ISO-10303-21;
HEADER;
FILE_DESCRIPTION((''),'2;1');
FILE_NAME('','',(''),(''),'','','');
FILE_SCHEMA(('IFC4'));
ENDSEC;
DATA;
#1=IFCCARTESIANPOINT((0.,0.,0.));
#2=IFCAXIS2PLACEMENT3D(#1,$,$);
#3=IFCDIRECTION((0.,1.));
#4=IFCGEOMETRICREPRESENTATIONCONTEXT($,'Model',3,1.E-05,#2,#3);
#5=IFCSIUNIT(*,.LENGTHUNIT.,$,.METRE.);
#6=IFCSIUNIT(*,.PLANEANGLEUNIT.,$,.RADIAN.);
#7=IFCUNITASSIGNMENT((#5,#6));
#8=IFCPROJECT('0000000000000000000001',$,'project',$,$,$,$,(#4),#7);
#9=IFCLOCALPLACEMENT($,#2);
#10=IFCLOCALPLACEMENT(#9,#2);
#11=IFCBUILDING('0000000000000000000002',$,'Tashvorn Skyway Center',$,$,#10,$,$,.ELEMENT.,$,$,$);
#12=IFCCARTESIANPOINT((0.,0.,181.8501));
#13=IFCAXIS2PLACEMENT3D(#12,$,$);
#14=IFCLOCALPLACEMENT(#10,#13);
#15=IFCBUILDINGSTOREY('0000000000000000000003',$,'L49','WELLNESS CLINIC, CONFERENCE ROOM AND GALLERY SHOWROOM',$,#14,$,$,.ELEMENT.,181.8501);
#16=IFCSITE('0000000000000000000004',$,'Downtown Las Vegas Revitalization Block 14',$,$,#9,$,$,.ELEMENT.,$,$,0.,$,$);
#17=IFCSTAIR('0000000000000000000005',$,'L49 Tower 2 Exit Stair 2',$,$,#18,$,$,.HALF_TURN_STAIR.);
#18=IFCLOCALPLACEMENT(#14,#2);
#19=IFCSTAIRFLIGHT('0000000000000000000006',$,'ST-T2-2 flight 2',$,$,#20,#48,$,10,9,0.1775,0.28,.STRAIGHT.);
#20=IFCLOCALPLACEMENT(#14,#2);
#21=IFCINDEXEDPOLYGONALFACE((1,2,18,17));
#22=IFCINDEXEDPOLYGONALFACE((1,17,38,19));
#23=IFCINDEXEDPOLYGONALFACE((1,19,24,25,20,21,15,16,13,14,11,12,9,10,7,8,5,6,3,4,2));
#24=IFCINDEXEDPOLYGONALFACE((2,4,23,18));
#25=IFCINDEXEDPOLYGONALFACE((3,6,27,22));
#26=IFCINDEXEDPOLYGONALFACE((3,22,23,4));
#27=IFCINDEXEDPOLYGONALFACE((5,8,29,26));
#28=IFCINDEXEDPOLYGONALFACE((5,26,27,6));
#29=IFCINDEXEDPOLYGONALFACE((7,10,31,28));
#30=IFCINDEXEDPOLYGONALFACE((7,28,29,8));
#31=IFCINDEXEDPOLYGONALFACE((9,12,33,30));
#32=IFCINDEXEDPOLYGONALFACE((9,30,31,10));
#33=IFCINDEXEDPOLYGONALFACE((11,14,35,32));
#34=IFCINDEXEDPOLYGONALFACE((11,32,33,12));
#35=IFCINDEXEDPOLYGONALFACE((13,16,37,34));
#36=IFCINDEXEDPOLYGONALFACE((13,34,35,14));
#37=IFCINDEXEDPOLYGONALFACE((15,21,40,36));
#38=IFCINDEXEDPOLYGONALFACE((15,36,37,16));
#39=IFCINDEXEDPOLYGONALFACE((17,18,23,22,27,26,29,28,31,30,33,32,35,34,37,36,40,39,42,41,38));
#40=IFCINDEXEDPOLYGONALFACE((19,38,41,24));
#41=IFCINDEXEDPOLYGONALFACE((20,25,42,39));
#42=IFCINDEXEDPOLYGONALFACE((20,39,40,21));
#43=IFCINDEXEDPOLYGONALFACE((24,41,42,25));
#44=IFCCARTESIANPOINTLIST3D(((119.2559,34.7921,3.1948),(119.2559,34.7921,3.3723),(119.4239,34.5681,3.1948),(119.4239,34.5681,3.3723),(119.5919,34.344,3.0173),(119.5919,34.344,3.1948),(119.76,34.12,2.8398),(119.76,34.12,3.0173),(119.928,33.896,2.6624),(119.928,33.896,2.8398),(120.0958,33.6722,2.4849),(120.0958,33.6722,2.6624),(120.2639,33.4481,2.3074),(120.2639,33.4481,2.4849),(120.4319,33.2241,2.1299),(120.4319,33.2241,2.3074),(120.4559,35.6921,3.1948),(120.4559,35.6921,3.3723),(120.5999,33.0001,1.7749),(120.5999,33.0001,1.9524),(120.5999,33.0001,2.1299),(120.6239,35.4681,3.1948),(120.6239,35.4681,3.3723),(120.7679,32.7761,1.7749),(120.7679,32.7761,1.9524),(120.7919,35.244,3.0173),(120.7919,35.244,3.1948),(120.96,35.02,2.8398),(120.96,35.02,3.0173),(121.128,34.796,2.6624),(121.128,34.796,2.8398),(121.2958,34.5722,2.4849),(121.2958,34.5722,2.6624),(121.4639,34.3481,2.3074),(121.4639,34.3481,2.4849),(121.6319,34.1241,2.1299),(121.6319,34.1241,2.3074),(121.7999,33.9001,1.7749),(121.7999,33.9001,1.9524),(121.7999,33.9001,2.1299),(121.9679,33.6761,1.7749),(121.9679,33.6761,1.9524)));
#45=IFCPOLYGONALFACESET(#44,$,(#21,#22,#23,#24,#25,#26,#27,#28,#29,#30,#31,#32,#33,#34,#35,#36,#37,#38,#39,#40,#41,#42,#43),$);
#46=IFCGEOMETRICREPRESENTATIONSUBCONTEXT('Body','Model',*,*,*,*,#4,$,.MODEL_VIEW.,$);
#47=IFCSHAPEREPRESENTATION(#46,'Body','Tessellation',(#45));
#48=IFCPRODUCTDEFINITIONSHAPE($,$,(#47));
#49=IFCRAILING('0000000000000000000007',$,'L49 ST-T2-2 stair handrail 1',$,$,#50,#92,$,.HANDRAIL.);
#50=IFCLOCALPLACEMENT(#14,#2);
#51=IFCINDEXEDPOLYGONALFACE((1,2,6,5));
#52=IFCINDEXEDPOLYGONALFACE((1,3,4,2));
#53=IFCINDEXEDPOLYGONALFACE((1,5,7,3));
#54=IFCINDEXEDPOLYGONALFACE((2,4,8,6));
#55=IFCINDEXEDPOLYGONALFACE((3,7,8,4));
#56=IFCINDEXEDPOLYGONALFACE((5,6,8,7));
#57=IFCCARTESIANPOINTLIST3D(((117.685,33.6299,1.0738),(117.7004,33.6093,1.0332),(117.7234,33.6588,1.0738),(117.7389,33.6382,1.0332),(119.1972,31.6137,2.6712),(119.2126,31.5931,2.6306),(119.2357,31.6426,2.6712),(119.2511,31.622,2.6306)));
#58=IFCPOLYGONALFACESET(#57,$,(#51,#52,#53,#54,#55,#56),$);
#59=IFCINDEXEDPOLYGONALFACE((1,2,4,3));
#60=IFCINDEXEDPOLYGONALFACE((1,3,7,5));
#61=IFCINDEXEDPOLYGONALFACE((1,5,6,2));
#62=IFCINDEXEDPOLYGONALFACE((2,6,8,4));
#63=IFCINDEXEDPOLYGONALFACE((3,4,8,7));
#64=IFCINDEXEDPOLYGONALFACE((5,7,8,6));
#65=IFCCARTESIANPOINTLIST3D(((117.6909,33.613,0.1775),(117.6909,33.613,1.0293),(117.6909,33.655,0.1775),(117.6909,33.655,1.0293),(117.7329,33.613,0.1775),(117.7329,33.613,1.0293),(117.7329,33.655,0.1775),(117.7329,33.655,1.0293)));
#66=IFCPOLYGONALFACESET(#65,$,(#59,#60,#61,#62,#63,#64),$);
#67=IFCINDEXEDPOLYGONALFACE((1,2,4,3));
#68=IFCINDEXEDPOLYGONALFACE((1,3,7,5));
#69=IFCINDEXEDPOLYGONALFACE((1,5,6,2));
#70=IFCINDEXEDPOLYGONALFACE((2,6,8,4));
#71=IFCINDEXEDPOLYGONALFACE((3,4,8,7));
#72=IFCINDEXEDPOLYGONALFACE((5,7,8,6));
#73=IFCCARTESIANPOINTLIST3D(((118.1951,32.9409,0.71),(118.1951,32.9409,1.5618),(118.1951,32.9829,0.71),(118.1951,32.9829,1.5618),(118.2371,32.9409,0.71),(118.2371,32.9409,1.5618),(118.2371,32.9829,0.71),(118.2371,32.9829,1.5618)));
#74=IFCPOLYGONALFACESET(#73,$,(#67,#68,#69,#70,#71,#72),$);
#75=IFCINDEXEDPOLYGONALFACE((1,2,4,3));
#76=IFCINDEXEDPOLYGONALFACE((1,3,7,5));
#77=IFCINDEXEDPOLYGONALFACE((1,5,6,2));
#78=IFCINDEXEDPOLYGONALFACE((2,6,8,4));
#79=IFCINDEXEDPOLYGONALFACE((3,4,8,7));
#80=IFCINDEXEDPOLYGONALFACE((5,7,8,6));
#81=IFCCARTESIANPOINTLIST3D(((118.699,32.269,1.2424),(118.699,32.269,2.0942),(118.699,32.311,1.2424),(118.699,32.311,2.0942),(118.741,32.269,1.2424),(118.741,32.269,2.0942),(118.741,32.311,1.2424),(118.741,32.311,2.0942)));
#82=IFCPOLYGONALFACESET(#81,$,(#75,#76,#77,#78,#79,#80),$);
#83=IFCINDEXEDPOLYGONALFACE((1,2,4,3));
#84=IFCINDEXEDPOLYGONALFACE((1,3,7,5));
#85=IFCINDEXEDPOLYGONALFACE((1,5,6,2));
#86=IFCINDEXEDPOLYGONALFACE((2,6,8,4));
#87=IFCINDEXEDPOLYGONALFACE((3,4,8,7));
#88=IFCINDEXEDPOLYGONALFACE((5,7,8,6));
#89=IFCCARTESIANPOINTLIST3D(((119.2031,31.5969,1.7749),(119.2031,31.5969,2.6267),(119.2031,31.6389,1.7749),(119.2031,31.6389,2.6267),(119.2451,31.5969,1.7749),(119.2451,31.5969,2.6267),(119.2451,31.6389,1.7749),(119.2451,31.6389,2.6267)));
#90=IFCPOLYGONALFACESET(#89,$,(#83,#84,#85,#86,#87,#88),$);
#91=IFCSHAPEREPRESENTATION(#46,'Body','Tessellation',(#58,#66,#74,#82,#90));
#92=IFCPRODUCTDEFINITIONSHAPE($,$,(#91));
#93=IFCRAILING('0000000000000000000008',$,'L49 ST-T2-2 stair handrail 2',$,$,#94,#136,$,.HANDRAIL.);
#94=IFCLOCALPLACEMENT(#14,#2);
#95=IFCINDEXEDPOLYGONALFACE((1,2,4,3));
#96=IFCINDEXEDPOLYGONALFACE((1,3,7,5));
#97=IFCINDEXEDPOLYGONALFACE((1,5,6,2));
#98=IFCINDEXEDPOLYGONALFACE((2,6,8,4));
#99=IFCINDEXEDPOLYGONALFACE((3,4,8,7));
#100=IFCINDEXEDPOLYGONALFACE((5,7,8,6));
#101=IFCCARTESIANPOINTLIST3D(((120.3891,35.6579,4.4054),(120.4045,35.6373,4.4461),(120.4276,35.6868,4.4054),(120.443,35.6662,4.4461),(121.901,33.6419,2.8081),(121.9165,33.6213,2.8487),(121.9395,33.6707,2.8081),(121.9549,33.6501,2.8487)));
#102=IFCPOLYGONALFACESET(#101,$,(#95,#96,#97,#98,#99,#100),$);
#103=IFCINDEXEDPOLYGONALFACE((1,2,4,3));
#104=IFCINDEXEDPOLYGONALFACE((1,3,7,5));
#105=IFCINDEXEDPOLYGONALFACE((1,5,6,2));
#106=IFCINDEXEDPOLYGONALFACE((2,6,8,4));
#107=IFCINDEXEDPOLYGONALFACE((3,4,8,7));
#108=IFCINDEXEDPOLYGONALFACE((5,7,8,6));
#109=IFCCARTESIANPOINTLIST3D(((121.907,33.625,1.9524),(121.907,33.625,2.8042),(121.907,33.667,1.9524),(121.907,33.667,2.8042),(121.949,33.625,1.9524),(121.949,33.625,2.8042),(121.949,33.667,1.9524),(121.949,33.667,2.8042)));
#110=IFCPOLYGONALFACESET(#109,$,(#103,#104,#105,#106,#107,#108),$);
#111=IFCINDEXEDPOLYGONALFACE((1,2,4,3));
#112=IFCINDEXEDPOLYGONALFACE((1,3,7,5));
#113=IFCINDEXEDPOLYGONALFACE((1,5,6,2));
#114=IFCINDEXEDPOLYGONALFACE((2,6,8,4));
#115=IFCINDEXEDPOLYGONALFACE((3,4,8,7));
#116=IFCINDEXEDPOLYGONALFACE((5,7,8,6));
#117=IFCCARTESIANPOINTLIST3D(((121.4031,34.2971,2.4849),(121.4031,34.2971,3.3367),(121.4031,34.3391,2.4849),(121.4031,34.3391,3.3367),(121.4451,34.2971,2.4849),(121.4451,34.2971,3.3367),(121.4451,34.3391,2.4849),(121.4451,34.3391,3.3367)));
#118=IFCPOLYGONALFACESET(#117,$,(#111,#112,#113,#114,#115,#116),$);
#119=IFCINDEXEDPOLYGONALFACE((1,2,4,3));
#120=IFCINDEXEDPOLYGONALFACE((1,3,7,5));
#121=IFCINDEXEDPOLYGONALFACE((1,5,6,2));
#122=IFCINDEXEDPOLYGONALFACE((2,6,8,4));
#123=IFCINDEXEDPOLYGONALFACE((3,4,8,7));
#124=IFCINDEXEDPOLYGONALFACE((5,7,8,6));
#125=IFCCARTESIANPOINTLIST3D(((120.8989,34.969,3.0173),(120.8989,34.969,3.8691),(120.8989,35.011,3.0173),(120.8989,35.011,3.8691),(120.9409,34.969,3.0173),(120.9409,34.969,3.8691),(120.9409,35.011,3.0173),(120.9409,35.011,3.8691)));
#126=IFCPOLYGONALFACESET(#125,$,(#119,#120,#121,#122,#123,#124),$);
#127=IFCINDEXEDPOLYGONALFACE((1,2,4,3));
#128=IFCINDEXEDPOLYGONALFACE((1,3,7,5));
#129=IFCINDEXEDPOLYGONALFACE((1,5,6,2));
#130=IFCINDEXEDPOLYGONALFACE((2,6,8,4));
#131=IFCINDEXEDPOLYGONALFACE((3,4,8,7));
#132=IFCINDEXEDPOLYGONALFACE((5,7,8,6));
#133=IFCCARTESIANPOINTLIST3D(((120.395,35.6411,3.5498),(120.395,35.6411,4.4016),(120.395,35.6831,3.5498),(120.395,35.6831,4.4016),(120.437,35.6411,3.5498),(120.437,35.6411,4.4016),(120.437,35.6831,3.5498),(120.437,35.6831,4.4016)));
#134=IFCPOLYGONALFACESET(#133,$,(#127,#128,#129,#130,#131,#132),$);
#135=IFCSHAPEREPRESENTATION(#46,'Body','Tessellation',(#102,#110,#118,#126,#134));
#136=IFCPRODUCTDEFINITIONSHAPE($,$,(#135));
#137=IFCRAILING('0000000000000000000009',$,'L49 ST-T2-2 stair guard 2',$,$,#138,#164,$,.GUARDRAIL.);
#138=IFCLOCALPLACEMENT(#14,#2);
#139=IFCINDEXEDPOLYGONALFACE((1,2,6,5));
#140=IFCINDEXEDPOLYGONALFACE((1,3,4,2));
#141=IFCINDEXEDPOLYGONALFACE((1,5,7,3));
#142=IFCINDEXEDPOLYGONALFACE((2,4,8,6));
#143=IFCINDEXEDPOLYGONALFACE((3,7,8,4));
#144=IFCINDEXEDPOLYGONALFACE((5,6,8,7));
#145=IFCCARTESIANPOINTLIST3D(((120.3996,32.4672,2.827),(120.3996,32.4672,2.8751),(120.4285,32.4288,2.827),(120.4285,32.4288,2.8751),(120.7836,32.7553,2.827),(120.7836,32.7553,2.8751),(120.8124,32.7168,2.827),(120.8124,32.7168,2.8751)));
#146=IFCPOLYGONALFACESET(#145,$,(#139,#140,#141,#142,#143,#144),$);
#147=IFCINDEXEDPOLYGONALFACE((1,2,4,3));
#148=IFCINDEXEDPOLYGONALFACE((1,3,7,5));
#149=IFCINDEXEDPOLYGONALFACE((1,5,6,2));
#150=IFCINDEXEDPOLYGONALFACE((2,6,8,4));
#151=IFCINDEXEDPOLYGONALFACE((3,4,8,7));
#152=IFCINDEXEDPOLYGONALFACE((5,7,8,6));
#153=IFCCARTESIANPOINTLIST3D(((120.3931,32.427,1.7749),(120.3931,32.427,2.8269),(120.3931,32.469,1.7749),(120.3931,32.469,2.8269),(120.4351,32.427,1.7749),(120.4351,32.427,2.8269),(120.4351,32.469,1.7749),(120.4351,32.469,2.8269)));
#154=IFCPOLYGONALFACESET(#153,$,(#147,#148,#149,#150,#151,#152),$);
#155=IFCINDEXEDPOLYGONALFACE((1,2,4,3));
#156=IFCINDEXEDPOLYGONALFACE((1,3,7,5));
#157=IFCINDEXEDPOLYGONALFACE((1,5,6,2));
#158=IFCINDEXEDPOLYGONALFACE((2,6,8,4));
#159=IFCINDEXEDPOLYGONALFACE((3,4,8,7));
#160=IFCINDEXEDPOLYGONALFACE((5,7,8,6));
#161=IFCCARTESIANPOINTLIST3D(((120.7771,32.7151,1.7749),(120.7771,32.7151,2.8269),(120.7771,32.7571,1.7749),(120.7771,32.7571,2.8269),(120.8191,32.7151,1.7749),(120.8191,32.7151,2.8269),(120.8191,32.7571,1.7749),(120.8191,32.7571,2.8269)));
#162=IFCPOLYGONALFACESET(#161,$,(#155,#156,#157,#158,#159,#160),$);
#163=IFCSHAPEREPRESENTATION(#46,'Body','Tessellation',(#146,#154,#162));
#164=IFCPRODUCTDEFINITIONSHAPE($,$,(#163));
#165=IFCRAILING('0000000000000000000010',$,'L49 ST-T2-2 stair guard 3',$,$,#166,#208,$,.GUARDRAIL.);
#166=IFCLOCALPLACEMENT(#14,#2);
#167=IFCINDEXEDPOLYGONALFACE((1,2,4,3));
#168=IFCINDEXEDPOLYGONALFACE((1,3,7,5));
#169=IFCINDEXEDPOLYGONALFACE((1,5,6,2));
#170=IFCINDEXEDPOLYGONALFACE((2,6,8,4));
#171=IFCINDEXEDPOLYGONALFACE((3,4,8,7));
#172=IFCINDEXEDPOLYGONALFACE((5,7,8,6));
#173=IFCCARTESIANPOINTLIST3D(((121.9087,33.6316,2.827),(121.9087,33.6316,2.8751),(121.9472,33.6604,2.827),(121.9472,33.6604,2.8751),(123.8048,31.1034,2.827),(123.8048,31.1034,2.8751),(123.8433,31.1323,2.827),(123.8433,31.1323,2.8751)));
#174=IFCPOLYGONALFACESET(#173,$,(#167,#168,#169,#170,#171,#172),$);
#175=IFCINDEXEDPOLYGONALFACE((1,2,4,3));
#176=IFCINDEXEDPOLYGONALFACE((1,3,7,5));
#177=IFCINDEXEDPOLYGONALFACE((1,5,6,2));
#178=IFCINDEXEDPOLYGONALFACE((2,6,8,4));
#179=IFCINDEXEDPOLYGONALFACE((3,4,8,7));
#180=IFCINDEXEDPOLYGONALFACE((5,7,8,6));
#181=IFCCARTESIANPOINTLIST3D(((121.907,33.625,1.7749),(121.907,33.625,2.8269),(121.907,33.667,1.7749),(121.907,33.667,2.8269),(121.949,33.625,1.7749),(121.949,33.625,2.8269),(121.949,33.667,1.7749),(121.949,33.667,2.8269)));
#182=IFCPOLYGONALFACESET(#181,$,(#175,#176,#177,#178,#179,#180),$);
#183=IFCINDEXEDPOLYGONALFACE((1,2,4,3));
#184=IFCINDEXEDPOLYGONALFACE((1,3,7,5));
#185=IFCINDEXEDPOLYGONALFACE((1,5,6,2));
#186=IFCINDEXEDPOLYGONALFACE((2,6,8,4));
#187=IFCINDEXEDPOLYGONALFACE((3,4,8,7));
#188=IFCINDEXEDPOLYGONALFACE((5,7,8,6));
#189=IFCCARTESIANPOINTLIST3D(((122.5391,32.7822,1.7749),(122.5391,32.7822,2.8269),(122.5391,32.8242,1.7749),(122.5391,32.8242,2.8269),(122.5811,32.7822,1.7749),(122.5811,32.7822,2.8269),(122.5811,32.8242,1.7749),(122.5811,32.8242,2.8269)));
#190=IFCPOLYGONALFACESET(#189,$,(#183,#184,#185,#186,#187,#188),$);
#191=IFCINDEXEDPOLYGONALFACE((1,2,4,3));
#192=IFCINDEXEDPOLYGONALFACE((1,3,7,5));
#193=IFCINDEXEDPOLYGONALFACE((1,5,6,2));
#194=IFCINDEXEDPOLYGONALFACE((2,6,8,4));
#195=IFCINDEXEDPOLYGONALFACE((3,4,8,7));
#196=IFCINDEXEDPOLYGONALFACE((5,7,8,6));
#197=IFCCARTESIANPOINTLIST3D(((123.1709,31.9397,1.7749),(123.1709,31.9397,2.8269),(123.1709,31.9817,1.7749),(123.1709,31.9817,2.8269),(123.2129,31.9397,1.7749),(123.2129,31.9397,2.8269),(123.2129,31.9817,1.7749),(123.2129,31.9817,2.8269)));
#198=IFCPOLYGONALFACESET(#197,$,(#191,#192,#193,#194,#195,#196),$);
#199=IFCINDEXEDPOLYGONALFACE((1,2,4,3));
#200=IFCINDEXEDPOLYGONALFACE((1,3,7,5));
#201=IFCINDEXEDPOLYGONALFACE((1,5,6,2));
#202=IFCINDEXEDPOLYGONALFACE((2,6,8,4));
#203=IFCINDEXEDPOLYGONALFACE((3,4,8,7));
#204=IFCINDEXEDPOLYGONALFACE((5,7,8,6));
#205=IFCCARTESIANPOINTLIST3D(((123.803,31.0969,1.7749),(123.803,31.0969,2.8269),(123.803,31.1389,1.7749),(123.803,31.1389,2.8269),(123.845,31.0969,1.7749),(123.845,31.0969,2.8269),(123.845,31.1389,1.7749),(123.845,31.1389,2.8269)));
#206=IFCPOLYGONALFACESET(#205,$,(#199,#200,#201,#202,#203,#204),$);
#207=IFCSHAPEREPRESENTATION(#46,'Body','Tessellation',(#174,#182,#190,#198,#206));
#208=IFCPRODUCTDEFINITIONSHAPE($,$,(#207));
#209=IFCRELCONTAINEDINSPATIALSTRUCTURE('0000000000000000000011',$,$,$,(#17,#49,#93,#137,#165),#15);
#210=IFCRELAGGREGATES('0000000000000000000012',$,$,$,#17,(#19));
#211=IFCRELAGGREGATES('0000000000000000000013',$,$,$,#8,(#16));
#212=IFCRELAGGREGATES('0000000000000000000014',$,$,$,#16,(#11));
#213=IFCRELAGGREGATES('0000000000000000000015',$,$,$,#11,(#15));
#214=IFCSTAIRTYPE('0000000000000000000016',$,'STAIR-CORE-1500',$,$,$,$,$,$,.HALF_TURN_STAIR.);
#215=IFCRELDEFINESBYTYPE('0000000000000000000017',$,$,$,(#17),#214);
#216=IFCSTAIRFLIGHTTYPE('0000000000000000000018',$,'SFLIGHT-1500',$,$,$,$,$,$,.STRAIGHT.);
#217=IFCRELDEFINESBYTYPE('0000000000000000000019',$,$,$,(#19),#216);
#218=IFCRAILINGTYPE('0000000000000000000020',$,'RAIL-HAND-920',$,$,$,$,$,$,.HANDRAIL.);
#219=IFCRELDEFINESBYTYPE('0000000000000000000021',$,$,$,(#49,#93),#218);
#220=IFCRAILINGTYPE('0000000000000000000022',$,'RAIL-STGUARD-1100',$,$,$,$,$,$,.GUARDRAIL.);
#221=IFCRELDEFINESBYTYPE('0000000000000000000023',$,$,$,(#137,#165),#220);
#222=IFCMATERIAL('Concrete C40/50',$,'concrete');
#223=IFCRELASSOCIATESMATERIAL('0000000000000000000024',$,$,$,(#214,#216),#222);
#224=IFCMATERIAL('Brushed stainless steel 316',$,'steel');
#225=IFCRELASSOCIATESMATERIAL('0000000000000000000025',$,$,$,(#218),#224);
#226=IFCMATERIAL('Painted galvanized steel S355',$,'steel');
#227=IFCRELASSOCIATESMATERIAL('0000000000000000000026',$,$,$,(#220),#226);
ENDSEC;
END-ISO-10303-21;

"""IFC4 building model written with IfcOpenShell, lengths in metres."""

from ifc_helpers import new_model, si_unit, direction, frame, origin, origin_2d, place, context, subcontext, project, spatial, polyline, rectangle, outline, extrude, material, type_object, element, aggregate, save


model = new_model("IFC4")

# Units and contexts
model_context = context("Model", 3, precision=1e-05, world=origin(), true_north=direction((0.0, 1.0)))
body_context = subcontext(model_context, "Body", "Model", "MODEL_VIEW")
ifc_project = project(units=[si_unit("LENGTHUNIT", "METRE"), si_unit("PLANEANGLEUNIT", "RADIAN")], contexts=[model_context])

# Site, building, storey
site_placement = place(None, origin())
site = spatial("IfcSite", under=ifc_project, at=site_placement, Name="Downtown Las Vegas Revitalization Block 14", CompositionType="ELEMENT", RefElevation=0.0)
building_placement = place(site_placement, origin())
building = spatial("IfcBuilding", under=site, at=building_placement, Name="Tashvorn Skyway Center", CompositionType="ELEMENT")
storey_placement = place(building_placement, frame((0.0, 0.0, 181.8501)))
storey = spatial("IfcBuildingStorey", under=building, at=storey_placement, Name="L49", Description="WELLNESS CLINIC, CONFERENCE ROOM AND GALLERY SHOWROOM", CompositionType="ELEMENT", Elevation=181.8501)

# Shared definitions
ifc_material_1 = material(Name="Concrete C40/50", Category="concrete")

# Stair, stair flight
stair_type = type_object("IfcStairType", Name="STAIR-CORE-1500", PredefinedType="HALF_TURN_STAIR", material=ifc_material_1)
stair_placement = place(storey_placement, origin())
stair = element("IfcStair", 1, at=stair_placement, inside=storey, type_object=stair_type, Name="L49 Tower 2 Exit Stair 2", PredefinedType="HALF_TURN_STAIR")
stair_flight_type = type_object("IfcStairFlightType", Name="SFLIGHT-1500", PredefinedType="STRAIGHT", material=ifc_material_1)
stair_flight_placement = place(storey_placement, frame((121.3679, 33.2261, 1.7749), z_axis=(0.0, 0.0, 1.0), x_axis=(-0.6, 0.8, 0.0)))
stair_flight = element("IfcStairFlight", 2, at=stair_flight_placement, type_object=stair_flight_type, Name="ST-T2-2 flight 2", NumberOfRisers=10, NumberOfTreads=9, PredefinedType="STRAIGHT", RiserHeight=0.1775, TreadLength=0.28, context=body_context, shape_type="SweptSolid", body=[
    extrude(outline(polyline([(0.0, 0.0), (0.0, 0.1775), (0.28, 0.1775), (0.28, 0.355), (0.5601, 0.355), (0.5601, 0.5325), (0.8401, 0.5325), (0.8401, 0.71), (1.1201, 0.71), (1.1201, 0.8875), (1.3999, 0.8875), (1.3999, 1.0649), (1.6799, 1.0649), (1.6799, 1.2424), (1.96, 1.2424), (1.96, 1.4199), (2.24, 1.4199), (2.24, 1.5974), (2.52, 1.5974), (2.52, 1.7749), (2.52, 1.4199), (0.28, 0.0), (0.0, 0.0)])), frame((0.0, 0.75, 0.0), z_axis=(0.0, -1.0, 0.0), x_axis=(1.0, 0.0, 0.0)), (0.0, 0.0, 1.0), 1.5),
])
aggregate(stair, [stair_flight])

# Railings
ifc_material_2 = material(Name="Brushed stainless steel 316", Category="steel")
railing_type_1 = type_object("IfcRailingType", Name="RAIL-HAND-920", PredefinedType="HANDRAIL", material=ifc_material_2)
railing_1_placement = place(storey_placement, frame((117.7119, 33.634, 0.1775)))
element("IfcRailing", 3, at=railing_1_placement, inside=storey, type_object=railing_type_1, Name="L49 ST-T2-2 stair handrail 1", PredefinedType="HANDRAIL", context=body_context, shape_type="SweptSolid", body=[
    extrude(rectangle(XDim=0.0481, YDim=0.0481, at=origin_2d()), frame((0.0, 0.0, 0.876), z_axis=(0.506802, -0.675681, 0.535357), x_axis=(0.799977, 0.600031, 0.0)), (0.0, 0.0, 1.0), 2.9839),
    extrude(rectangle(XDim=0.042, YDim=0.042, at=origin_2d()), origin(), (0.0, 0.0, 1.0), 0.8518),
    extrude(rectangle(XDim=0.042, YDim=0.042, at=origin_2d()), frame((0.5042, -0.6721, 0.5325)), (0.0, 0.0, 1.0), 0.8518),
    extrude(rectangle(XDim=0.042, YDim=0.042, at=origin_2d()), frame((1.0081, -1.344, 1.0649)), (0.0, 0.0, 1.0), 0.8518),
    extrude(rectangle(XDim=0.042, YDim=0.042, at=origin_2d()), frame((1.5122, -2.0161, 1.5974)), (0.0, 0.0, 1.0), 0.8518),
])
railing_2_placement = place(storey_placement, frame((121.928, 33.646, 1.9524)))
element("IfcRailing", 4, at=railing_2_placement, inside=storey, type_object=railing_type_1, Name="L49 ST-T2-2 stair handrail 2", PredefinedType="HANDRAIL", context=body_context, shape_type="SweptSolid", body=[
    extrude(rectangle(XDim=0.0481, YDim=0.0481, at=origin_2d()), frame((0.0, 0.0, 0.876), z_axis=(-0.506741, 0.675709, 0.535379), x_axis=(-0.800023, -0.599969, 0.0)), (0.0, 0.0, 1.0), 2.9836),
    extrude(rectangle(XDim=0.042, YDim=0.042, at=origin_2d()), origin(), (0.0, 0.0, 1.0), 0.8518),
    extrude(rectangle(XDim=0.042, YDim=0.042, at=origin_2d()), frame((-0.5039, 0.6721, 0.5325)), (0.0, 0.0, 1.0), 0.8518),
    extrude(rectangle(XDim=0.042, YDim=0.042, at=origin_2d()), frame((-1.0081, 1.344, 1.0649)), (0.0, 0.0, 1.0), 0.8518),
    extrude(rectangle(XDim=0.042, YDim=0.042, at=origin_2d()), frame((-1.512, 2.0161, 1.5974)), (0.0, 0.0, 1.0), 0.8518),
])
ifc_material_3 = material(Name="Painted galvanized steel S355", Category="steel")
railing_type_2 = type_object("IfcRailingType", Name="RAIL-STGUARD-1100", PredefinedType="GUARDRAIL", material=ifc_material_3)
railing_3_placement = place(storey_placement, frame((120.4141, 32.448, 1.7749)))
element("IfcRailing", 5, at=railing_3_placement, inside=storey, type_object=railing_type_2, Name="L49 ST-T2-2 stair guard 2", PredefinedType="GUARDRAIL", context=body_context, shape_type="SweptSolid", body=[
    extrude(rectangle(XDim=0.0481, YDim=0.0481, at=origin_2d()), frame((0.0, 0.0, 1.0762), z_axis=(0.799939, 0.600081, 0.0), x_axis=(-0.600081, 0.799939, 0.0)), (0.0, 0.0, 1.0), 0.48),
    extrude(rectangle(XDim=0.042, YDim=0.042, at=origin_2d()), origin(), (0.0, 0.0, 1.0), 1.052),
    extrude(rectangle(XDim=0.042, YDim=0.042, at=origin_2d()), frame((0.384, 0.2881, 0.0)), (0.0, 0.0, 1.0), 1.052),
])
railing_4_placement = place(storey_placement, frame((121.928, 33.646, 1.7749)))
element("IfcRailing", 6, at=railing_4_placement, inside=storey, type_object=railing_type_2, Name="L49 ST-T2-2 stair guard 3", PredefinedType="GUARDRAIL", context=body_context, shape_type="SweptSolid", body=[
    extrude(rectangle(XDim=0.0481, YDim=0.0481, at=origin_2d()), frame((0.0, 0.0, 1.0762), z_axis=(0.599988, -0.800009, 0.0), x_axis=(0.800009, 0.599988, 0.0)), (0.0, 0.0, 1.0), 3.1602),
    extrude(rectangle(XDim=0.042, YDim=0.042, at=origin_2d()), origin(), (0.0, 0.0, 1.0), 1.052),
    extrude(rectangle(XDim=0.042, YDim=0.042, at=origin_2d()), frame((0.6321, -0.8428, 0.0)), (0.0, 0.0, 1.0), 1.052),
    extrude(rectangle(XDim=0.042, YDim=0.042, at=origin_2d()), frame((1.2639, -1.6853, 0.0)), (0.0, 0.0, 1.0), 1.052),
    extrude(rectangle(XDim=0.042, YDim=0.042, at=origin_2d()), frame((1.896, -2.5281, 0.0)), (0.0, 0.0, 1.0), 1.052),
])

save(model, "model.ifc")
